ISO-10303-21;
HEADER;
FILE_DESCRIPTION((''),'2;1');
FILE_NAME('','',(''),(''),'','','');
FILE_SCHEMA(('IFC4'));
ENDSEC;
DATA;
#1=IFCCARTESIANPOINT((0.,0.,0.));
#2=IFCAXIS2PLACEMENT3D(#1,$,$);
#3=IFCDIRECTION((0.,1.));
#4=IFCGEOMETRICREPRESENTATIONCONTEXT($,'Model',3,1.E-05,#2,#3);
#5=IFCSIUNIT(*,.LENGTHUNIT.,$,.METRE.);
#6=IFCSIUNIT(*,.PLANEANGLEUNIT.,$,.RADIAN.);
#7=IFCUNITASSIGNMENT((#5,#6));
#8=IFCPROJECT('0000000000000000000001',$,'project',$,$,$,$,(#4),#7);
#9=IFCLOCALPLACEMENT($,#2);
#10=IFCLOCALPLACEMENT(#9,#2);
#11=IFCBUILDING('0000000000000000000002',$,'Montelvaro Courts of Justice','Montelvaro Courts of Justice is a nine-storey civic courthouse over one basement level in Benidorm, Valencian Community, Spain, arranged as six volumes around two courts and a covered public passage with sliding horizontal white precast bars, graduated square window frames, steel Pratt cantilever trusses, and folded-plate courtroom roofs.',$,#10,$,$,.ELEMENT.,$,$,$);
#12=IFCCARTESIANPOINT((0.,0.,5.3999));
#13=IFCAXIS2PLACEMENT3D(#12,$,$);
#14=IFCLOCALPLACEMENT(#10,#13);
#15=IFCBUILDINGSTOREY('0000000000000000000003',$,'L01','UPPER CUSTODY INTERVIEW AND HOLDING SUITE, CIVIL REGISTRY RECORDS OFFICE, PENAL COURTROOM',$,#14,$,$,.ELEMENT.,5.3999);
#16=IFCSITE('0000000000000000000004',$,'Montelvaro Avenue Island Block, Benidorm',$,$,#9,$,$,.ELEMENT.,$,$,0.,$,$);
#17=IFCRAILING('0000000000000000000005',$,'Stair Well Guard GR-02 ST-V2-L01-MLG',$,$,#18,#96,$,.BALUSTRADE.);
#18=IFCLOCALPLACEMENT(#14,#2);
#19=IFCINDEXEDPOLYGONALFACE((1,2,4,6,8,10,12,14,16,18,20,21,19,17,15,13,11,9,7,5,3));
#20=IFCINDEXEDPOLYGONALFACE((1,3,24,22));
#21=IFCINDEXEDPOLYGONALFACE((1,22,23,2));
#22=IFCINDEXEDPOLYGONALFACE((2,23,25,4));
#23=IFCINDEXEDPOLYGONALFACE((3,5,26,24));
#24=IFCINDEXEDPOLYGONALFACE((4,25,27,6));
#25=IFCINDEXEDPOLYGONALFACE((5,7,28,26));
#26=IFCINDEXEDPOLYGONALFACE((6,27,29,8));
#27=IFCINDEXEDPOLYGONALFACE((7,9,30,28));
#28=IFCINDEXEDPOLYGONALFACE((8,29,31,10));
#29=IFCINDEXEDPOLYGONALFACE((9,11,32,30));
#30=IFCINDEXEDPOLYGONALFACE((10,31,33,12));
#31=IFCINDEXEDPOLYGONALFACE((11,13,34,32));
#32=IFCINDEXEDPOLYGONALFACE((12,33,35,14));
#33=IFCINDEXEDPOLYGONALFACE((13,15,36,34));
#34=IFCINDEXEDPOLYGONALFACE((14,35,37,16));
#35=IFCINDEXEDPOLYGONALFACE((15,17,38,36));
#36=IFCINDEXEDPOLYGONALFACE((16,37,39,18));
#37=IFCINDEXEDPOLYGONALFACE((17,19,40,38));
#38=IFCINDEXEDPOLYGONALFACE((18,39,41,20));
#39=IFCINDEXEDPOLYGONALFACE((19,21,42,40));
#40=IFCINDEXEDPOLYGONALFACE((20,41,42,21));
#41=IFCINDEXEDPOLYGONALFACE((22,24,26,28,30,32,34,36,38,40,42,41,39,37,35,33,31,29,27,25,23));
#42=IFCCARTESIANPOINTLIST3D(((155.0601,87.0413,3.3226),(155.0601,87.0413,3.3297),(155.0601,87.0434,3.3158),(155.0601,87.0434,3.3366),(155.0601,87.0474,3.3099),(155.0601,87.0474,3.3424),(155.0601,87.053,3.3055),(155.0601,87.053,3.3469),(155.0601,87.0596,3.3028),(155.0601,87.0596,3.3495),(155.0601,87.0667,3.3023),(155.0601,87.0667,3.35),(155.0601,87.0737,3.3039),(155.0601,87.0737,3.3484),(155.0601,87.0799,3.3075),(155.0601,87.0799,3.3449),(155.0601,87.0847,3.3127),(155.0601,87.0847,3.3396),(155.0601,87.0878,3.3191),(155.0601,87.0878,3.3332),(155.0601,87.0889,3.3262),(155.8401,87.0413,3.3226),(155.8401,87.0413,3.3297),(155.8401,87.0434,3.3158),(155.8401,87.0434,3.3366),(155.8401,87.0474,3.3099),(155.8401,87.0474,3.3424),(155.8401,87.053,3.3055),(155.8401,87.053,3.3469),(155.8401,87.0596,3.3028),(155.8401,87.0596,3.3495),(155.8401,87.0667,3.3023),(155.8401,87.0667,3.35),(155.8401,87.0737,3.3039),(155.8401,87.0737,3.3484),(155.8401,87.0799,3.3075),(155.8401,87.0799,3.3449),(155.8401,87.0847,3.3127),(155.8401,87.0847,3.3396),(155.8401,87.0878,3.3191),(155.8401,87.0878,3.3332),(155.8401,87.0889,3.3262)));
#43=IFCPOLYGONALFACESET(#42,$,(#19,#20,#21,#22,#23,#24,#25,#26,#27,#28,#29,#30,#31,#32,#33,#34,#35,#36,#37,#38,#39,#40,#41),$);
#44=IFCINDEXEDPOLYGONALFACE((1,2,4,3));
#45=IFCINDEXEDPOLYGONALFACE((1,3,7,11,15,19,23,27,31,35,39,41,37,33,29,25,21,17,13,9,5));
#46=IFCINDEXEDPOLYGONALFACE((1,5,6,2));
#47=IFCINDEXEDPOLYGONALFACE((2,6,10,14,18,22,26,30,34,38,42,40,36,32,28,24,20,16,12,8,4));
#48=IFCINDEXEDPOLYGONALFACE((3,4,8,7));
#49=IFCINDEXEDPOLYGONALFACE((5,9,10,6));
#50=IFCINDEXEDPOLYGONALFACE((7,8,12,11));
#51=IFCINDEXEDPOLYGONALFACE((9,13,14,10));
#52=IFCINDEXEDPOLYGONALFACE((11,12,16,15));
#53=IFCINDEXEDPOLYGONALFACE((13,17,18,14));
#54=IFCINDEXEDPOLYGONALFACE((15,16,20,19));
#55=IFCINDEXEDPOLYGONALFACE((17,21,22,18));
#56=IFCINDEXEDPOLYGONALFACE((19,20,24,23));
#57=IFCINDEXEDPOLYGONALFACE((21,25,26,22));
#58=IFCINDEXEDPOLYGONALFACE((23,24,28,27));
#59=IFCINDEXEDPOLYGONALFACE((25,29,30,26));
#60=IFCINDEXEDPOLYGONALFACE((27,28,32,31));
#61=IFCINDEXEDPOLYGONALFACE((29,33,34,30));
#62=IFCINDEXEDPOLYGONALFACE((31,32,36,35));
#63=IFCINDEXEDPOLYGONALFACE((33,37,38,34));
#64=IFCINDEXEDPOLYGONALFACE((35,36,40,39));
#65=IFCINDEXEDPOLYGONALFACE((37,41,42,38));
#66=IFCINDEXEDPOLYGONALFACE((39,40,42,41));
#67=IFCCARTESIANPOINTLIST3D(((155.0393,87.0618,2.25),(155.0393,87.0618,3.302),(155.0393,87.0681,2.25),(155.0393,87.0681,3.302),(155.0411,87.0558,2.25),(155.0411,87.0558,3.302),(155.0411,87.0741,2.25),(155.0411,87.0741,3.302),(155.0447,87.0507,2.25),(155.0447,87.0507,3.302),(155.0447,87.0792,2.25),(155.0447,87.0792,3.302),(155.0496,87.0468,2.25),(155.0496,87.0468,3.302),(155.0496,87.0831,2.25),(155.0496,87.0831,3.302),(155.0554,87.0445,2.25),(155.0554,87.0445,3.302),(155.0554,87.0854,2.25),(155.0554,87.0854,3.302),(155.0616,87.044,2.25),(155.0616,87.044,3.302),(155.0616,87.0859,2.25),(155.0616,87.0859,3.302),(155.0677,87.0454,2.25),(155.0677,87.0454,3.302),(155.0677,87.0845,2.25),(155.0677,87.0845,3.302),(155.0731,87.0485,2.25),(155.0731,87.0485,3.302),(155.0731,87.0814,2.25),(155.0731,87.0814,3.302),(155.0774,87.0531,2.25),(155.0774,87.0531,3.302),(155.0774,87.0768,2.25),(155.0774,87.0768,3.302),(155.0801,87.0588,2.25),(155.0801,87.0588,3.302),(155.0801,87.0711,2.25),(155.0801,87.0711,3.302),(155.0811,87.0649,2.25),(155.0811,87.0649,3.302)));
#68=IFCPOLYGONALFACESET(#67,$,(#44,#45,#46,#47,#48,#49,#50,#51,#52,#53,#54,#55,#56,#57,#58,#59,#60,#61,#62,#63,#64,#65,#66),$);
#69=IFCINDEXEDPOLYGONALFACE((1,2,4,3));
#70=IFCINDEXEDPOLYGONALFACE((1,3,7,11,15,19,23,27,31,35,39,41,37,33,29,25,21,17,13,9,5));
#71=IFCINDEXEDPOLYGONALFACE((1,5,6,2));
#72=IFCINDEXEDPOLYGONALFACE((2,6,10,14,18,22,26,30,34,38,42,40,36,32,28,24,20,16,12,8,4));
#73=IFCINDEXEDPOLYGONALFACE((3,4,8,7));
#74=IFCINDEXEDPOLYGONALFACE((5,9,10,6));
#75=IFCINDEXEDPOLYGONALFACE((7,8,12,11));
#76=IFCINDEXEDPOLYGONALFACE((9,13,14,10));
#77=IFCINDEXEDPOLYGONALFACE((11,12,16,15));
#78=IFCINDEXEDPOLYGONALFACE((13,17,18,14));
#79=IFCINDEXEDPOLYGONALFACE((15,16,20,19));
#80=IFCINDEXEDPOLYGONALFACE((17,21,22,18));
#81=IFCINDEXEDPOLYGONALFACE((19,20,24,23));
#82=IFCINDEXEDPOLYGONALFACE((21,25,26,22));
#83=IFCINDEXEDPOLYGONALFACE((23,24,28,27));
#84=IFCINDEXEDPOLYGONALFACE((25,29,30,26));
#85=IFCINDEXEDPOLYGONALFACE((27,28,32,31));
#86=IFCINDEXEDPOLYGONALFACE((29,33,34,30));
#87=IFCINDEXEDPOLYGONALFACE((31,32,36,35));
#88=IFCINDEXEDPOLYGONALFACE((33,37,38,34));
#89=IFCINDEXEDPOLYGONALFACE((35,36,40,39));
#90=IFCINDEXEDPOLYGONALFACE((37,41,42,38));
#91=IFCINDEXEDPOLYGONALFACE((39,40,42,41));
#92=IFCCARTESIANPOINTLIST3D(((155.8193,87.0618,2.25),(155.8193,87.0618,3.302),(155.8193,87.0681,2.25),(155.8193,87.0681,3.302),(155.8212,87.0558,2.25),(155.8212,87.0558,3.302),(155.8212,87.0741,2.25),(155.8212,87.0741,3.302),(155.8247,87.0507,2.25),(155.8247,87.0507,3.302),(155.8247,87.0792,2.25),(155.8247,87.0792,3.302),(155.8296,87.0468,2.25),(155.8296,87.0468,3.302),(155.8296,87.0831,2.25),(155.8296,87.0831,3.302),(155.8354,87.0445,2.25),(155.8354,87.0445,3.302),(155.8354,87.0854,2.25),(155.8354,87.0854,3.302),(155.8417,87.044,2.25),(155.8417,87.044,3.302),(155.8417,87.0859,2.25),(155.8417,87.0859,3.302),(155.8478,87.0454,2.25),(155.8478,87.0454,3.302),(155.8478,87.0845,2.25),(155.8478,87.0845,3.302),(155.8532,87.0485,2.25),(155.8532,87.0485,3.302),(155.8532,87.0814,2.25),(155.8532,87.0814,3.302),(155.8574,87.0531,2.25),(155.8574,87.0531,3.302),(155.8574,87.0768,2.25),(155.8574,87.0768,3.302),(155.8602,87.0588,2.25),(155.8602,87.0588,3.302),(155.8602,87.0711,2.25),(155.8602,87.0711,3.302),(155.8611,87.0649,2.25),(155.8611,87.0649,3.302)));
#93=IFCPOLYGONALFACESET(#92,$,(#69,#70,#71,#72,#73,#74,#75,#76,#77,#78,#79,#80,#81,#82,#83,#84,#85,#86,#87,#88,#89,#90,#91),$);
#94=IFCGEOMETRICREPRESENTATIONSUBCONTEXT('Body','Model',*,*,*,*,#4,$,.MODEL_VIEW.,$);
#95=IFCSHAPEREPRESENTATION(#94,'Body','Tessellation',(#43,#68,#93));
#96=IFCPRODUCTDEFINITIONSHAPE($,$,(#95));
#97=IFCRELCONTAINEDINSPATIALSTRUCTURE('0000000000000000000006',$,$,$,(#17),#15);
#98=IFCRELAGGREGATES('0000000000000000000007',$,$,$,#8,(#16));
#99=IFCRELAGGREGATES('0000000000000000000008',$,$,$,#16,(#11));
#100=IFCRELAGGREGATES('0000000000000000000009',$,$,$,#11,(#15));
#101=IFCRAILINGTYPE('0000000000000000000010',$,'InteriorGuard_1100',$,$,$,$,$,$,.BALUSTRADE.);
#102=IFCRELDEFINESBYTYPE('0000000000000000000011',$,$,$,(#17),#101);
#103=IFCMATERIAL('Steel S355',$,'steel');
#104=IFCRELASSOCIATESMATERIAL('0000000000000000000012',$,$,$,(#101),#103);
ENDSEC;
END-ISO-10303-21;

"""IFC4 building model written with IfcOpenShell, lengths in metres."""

from ifc_helpers import new_model, si_unit, direction, frame, origin, origin_2d, place, context, subcontext, project, spatial, circle, extrude, material, type_object, element, save


model = new_model("IFC4")

# Units and contexts
model_context = context("Model", 3, precision=1e-05, world=origin(), true_north=direction((0.0, 1.0)))
body_context = subcontext(model_context, "Body", "Model", "MODEL_VIEW")
ifc_project = project(units=[si_unit("LENGTHUNIT", "METRE"), si_unit("PLANEANGLEUNIT", "RADIAN")], contexts=[model_context])

# Site, building, storey
site_placement = place(None, origin())
site = spatial("IfcSite", under=ifc_project, at=site_placement, Name="Montelvaro Avenue Island Block, Benidorm", CompositionType="ELEMENT", RefElevation=0.0)
building_placement = place(site_placement, origin())
building = spatial("IfcBuilding", under=site, at=building_placement, Name="Montelvaro Courts of Justice", Description="Montelvaro Courts of Justice is a nine-storey civic courthouse over one basement level in Benidorm, Valencian Community, Spain, arranged as six volumes around two courts and a covered public passage with sliding horizontal white precast bars, graduated square window frames, steel Pratt cantilever trusses, and folded-plate courtroom roofs.", CompositionType="ELEMENT")
storey_placement = place(building_placement, frame((0.0, 0.0, 5.3999)))
storey = spatial("IfcBuildingStorey", under=building, at=storey_placement, Name="L01", Description="UPPER CUSTODY INTERVIEW AND HOLDING SUITE, CIVIL REGISTRY RECORDS OFFICE, PENAL COURTROOM", CompositionType="ELEMENT", Elevation=5.3999)

# Shared definitions
ifc_material_1 = material(Name="Steel S355", Category="steel")

# Railing
railing_type_1 = type_object("IfcRailingType", Name="InteriorGuard_1100", PredefinedType="BALUSTRADE", material=ifc_material_1)
railing_1_placement = place(storey_placement, frame((155.0601, 87.0649, 2.25)))
element("IfcRailing", 1, at=railing_1_placement, inside=storey, type_object=railing_type_1, Name="Stair Well Guard GR-02 ST-V2-L01-MLG", PredefinedType="BALUSTRADE", context=body_context, shape_type="SweptSolid", body=[
    extrude(circle(Radius=0.0239, at=origin_2d()), frame((0.0, 0.0, 1.0762), z_axis=(1.0, 0.0, 0.0), x_axis=(0.0, 1.0, 0.0)), (0.0, 0.0, 1.0), 0.78),
    extrude(circle(Radius=0.021, at=origin_2d()), origin(), (0.0, 0.0, 1.0), 1.052),
    extrude(circle(Radius=0.021, at=origin_2d()), frame((0.78, 0.0, 0.0)), (0.0, 0.0, 1.0), 1.052),
])

save(model, "model.ifc")
